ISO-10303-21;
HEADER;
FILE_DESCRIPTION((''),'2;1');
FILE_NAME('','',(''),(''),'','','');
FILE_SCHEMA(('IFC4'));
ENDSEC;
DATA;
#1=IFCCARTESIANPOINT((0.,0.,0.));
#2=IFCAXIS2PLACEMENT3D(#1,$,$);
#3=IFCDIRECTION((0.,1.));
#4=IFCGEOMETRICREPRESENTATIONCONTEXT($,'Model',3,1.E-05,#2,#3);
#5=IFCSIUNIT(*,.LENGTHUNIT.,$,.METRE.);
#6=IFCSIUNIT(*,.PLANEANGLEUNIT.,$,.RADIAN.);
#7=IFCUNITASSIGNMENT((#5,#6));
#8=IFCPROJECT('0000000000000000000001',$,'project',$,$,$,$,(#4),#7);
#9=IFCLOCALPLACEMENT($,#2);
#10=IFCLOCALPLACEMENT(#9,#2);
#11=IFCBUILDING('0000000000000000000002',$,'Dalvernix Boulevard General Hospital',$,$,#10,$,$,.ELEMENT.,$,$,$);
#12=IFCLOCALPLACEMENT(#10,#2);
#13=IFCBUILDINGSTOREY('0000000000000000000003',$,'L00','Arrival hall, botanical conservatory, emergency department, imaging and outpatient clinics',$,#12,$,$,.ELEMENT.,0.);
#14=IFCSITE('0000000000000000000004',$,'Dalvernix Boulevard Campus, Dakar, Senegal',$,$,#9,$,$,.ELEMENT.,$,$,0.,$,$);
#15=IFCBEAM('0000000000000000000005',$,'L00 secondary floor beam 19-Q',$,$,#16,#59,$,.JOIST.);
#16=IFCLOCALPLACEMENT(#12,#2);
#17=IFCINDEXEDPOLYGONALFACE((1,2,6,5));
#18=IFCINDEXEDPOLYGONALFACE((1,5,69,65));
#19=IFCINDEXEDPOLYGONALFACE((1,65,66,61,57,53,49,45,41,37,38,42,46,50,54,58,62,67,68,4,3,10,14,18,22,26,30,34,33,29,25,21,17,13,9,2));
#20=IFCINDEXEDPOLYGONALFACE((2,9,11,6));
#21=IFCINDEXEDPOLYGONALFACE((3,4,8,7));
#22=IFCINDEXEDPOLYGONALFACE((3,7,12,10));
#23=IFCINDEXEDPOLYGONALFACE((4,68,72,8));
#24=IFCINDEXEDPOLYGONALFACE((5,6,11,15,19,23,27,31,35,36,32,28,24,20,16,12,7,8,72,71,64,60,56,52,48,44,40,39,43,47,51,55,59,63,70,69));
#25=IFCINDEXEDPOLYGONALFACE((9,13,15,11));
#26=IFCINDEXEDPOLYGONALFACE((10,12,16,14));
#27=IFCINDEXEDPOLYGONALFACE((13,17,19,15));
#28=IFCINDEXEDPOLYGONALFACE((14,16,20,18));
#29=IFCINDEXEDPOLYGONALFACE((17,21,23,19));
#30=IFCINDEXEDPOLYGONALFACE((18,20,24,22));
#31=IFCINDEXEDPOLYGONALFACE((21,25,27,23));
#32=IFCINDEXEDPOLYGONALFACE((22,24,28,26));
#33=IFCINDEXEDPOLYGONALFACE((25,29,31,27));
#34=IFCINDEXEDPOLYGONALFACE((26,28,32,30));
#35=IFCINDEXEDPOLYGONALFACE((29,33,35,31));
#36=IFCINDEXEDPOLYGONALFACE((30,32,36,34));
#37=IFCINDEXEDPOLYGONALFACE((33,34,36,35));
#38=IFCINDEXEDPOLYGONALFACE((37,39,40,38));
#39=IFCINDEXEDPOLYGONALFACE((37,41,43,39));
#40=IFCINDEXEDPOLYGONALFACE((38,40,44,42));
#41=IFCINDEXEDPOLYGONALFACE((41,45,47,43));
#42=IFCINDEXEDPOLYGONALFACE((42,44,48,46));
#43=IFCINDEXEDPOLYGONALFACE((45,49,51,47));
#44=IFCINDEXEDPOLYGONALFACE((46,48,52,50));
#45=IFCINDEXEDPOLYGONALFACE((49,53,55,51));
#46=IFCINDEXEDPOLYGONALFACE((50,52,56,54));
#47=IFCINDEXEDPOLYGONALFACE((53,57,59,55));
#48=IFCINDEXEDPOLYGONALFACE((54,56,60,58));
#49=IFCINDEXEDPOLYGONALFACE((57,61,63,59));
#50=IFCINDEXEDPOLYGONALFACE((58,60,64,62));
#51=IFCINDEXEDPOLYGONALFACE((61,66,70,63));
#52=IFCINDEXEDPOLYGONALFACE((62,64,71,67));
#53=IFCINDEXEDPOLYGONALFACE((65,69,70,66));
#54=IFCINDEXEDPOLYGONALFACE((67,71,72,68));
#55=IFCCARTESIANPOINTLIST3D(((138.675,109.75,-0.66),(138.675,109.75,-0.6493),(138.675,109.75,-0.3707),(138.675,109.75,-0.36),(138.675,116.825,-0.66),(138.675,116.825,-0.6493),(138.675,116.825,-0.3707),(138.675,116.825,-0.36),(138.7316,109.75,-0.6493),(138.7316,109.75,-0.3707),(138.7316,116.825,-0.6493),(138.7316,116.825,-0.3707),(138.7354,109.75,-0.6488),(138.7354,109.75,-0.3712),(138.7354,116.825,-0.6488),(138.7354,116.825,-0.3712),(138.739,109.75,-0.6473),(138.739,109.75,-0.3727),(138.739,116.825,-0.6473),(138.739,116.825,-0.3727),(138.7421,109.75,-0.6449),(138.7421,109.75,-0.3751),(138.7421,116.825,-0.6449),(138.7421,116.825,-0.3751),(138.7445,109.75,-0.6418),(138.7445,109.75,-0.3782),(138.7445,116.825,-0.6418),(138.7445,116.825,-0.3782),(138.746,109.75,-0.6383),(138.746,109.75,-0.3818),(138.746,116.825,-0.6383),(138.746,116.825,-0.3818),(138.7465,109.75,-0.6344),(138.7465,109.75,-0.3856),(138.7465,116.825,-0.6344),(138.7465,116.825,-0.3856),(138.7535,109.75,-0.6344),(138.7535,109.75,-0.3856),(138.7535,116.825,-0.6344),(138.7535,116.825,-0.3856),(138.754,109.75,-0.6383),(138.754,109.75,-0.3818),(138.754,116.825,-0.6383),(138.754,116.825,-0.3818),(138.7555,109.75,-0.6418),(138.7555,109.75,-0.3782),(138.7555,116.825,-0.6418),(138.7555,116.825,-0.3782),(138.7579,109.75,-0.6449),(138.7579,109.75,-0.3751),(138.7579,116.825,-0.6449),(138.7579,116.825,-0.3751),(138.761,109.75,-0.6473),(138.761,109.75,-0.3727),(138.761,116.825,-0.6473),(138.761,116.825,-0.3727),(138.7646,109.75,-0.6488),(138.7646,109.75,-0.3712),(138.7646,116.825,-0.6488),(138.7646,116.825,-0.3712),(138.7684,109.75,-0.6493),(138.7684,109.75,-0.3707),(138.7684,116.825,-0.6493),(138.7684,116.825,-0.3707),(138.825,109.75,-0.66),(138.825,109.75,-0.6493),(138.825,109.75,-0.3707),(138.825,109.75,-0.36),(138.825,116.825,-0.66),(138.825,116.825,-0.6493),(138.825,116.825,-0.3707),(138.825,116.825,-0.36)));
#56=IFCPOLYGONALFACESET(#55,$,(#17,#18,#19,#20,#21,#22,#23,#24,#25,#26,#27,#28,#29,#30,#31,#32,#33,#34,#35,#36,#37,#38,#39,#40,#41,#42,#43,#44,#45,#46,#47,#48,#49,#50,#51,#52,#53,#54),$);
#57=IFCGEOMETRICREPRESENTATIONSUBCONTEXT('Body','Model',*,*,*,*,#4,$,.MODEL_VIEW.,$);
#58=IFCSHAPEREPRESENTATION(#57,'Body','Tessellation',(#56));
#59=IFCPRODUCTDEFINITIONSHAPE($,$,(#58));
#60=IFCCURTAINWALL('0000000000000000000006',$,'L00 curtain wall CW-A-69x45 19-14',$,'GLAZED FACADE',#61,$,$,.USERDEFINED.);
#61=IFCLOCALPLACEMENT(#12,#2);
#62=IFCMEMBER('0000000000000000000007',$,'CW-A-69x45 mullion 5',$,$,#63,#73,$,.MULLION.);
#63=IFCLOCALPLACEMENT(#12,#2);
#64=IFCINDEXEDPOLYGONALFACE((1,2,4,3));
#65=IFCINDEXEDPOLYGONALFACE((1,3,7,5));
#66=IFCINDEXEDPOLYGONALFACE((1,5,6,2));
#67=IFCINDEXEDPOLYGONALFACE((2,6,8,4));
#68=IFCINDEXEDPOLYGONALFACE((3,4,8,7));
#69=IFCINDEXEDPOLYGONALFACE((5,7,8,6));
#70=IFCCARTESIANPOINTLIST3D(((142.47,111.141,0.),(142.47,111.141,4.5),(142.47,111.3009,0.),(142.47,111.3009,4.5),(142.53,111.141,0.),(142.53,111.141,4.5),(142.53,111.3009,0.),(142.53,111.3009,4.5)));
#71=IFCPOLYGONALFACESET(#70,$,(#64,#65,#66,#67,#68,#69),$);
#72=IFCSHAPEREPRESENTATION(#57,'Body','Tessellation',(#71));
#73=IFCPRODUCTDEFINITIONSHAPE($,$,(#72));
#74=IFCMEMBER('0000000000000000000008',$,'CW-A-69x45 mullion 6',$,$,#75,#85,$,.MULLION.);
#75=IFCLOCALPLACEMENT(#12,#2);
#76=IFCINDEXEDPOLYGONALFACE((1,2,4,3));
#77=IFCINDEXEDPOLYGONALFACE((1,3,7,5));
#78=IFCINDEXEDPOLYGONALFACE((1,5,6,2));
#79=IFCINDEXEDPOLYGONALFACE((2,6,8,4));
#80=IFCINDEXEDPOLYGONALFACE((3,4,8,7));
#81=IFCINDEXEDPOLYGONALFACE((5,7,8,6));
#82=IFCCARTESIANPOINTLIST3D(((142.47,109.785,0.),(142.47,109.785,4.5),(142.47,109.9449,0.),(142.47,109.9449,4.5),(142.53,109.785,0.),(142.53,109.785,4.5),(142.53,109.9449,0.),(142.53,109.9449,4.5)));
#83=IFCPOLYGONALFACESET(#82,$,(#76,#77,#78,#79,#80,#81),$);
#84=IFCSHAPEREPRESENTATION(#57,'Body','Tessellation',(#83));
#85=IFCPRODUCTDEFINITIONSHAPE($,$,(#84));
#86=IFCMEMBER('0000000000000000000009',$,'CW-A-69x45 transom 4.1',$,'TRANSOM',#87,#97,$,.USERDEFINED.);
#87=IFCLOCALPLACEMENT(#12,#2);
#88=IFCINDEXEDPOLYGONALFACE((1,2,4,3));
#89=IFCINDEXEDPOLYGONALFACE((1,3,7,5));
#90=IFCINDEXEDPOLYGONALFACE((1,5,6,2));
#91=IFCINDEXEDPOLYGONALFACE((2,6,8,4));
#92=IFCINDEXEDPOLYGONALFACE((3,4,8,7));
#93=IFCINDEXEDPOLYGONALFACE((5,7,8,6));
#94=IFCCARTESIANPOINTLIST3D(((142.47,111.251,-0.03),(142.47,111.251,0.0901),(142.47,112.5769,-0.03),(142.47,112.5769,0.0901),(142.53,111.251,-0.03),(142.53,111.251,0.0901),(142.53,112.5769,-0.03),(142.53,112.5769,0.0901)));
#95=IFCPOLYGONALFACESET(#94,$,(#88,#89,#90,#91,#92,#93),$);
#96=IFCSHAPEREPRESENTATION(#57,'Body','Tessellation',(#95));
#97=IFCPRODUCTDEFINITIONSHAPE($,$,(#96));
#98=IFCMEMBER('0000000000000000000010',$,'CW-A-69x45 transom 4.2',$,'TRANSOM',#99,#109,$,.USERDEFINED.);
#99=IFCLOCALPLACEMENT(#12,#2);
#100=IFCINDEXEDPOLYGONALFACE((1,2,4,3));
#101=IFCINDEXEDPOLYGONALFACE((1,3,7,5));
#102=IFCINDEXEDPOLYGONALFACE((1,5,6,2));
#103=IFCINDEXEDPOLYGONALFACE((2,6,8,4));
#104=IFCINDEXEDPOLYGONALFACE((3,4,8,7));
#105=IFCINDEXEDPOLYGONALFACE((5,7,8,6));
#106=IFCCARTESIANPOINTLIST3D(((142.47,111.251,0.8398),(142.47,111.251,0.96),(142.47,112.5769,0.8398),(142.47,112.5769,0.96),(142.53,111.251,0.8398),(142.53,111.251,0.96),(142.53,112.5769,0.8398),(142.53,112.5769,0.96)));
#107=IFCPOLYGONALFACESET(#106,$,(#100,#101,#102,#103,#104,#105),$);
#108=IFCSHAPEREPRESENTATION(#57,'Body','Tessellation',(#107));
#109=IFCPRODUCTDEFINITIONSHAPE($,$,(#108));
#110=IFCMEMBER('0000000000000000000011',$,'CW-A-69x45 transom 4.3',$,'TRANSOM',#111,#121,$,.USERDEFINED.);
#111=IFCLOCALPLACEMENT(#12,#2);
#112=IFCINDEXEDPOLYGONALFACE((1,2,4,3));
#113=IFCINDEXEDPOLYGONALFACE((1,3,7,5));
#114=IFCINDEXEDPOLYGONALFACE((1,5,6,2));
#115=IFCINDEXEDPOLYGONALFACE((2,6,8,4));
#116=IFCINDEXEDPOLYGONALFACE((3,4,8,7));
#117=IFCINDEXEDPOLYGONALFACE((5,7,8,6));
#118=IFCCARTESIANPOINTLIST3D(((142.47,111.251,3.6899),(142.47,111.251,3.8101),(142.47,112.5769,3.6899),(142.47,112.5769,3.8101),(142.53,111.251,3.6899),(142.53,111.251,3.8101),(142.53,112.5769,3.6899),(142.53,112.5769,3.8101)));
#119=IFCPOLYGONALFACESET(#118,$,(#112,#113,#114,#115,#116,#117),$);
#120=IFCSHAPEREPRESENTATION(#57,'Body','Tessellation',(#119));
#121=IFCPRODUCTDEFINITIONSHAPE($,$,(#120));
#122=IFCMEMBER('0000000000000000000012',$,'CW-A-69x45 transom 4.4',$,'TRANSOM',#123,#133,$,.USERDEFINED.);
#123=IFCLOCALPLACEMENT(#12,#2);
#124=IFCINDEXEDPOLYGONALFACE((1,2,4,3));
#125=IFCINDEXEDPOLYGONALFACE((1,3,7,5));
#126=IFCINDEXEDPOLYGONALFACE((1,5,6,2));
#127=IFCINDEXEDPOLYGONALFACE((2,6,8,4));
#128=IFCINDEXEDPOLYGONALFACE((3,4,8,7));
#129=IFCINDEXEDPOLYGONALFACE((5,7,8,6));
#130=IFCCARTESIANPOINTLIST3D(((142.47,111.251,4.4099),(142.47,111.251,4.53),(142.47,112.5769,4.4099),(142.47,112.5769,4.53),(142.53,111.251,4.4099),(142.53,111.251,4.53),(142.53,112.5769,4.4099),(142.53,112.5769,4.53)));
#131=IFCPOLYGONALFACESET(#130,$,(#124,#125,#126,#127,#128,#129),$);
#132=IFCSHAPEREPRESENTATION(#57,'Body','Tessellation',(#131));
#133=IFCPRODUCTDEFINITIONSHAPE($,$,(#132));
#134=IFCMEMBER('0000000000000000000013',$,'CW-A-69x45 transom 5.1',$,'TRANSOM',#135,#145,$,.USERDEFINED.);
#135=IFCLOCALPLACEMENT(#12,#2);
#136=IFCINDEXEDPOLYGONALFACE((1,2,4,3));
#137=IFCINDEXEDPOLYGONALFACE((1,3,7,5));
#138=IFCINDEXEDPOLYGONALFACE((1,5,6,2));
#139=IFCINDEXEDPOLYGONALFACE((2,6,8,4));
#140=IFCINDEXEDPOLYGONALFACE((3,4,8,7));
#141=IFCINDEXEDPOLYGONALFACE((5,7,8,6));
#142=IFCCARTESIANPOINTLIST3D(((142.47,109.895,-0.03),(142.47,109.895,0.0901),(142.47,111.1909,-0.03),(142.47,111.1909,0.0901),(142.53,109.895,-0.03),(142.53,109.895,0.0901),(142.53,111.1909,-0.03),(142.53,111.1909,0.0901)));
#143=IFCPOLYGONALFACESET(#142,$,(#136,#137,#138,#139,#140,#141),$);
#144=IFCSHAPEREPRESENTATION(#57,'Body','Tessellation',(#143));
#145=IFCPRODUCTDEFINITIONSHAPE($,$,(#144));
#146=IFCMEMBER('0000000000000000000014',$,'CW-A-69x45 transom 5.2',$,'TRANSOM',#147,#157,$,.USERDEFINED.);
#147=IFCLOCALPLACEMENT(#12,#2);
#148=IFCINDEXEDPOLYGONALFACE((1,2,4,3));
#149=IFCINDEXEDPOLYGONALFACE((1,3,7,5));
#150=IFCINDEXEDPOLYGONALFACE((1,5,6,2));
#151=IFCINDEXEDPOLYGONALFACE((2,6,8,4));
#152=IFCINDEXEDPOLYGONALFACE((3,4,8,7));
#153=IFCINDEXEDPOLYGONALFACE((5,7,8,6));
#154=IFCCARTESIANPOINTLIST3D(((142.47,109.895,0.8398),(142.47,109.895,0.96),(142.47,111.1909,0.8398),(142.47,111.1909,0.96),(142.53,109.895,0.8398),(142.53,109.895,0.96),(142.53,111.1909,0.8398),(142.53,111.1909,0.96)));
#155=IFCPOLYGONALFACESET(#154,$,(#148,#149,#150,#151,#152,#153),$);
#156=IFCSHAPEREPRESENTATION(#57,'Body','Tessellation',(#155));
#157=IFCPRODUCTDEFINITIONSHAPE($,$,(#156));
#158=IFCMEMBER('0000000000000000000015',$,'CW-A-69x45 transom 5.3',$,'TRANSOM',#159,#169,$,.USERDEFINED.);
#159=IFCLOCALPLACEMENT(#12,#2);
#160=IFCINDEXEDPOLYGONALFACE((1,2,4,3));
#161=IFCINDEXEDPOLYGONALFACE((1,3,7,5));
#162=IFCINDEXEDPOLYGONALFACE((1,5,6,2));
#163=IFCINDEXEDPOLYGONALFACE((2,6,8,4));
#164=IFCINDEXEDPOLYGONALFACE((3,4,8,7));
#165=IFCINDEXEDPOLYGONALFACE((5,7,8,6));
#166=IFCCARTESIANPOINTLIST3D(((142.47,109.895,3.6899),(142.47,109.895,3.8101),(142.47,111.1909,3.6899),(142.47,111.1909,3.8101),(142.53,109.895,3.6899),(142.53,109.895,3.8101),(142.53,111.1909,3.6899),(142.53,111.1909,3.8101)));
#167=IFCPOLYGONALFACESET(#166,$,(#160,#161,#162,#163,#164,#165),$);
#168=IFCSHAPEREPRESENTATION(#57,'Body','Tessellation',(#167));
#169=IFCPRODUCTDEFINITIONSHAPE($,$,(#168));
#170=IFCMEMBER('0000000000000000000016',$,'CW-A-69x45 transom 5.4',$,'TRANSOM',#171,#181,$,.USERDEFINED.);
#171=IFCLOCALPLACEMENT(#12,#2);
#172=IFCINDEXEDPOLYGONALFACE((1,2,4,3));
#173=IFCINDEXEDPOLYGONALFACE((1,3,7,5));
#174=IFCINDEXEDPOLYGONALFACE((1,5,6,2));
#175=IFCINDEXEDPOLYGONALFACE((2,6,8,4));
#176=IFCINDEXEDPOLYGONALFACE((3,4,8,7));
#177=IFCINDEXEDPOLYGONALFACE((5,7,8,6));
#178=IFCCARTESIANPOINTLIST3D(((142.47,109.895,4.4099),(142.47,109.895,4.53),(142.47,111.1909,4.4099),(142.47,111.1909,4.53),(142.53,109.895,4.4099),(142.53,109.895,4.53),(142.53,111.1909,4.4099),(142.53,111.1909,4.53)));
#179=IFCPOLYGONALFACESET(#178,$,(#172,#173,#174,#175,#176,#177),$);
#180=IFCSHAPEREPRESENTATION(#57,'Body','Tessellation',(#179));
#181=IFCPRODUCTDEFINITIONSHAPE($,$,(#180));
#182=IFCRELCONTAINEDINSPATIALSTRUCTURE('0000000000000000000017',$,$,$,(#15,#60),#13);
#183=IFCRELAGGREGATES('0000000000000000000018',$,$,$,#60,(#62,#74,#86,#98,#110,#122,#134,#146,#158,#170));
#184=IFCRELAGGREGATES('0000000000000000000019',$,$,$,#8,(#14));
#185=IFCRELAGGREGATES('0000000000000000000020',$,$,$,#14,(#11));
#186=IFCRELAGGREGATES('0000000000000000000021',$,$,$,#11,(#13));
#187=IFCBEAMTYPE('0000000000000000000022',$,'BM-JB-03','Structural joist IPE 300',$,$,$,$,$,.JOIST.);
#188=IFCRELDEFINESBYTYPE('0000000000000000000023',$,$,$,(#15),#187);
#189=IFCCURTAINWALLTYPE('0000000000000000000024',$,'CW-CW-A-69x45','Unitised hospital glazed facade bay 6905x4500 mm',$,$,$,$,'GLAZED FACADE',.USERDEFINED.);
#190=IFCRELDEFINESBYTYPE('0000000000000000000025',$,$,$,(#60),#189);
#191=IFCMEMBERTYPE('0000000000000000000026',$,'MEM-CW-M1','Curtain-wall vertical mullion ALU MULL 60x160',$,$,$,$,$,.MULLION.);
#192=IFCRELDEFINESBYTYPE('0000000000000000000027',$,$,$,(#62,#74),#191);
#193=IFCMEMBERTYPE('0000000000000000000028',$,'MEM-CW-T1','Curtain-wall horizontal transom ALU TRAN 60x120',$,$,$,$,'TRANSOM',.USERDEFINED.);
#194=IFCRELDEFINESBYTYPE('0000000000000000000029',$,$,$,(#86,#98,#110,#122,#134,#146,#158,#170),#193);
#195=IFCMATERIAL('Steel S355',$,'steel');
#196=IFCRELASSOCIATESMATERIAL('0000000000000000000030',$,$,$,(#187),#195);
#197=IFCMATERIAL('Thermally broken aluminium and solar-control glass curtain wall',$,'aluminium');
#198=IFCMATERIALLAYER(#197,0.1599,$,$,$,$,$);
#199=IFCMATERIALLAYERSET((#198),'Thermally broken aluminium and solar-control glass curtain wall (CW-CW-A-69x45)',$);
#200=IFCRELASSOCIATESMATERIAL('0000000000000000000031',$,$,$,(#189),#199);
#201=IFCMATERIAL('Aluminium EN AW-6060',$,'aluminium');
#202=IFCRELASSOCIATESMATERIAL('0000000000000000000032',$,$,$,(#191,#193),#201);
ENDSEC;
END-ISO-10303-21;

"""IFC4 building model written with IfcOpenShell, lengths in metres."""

from ifc_helpers import new_model, si_unit, direction, frame, origin, origin_2d, place, context, subcontext, project, spatial, rectangle, i_section, extrude, material, layer, layer_set, material_profile, profile_set, type_object, element, aggregate, save


model = new_model("IFC4")

# Units and contexts
model_context = context("Model", 3, precision=1e-05, world=origin(), true_north=direction((0.0, 1.0)))
body_context = subcontext(model_context, "Body", "Model", "MODEL_VIEW")
ifc_project = project(units=[si_unit("LENGTHUNIT", "METRE"), si_unit("PLANEANGLEUNIT", "RADIAN")], contexts=[model_context])

# Site, building, storey
site_placement = place(None, origin())
site = spatial("IfcSite", under=ifc_project, at=site_placement, Name="Dalvernix Boulevard Campus, Dakar, Senegal", CompositionType="ELEMENT", RefElevation=0.0)
building_placement = place(site_placement, origin())
building = spatial("IfcBuilding", under=site, at=building_placement, Name="Dalvernix Boulevard General Hospital", CompositionType="ELEMENT")
storey_placement = place(building_placement, origin())
storey = spatial("IfcBuildingStorey", under=building, at=storey_placement, Name="L00", Description="Arrival hall, botanical conservatory, emergency department, imaging and outpatient clinics", CompositionType="ELEMENT", Elevation=0.0)

# Beam
ifc_material_1 = material(Name="Steel S355", Category="steel")
ifc_material_profile_1 = material_profile(ifc_material_1, i_section(OverallWidth=0.1499, OverallDepth=0.3, WebThickness=0.0071, FlangeThickness=0.0107, FilletRadius=0.0149, at=origin_2d()), Name="IPE 300")
ifc_profile_set_1 = profile_set([ifc_material_profile_1], Name="Steel S355")
beam_type = type_object("IfcBeamType", Name="BM-JB-03", Description="Structural joist IPE 300", PredefinedType="JOIST", material=ifc_profile_set_1)
beam_placement = place(storey_placement, frame((138.75, 109.75, -0.51), z_axis=(0.0, 1.0, 0.0), x_axis=(-1.0, 0.0, 0.0)))
element("IfcBeam", 1, at=beam_placement, inside=storey, type_object=beam_type, Name="L00 secondary floor beam 19-Q", PredefinedType="JOIST", context=body_context, shape_type="SweptSolid", body=[
    extrude(i_section(OverallWidth=0.1499, OverallDepth=0.3, WebThickness=0.0071, FlangeThickness=0.0107, FilletRadius=0.0149, at=origin_2d()), origin(), (0.0, 0.0, 1.0), 7.075),
])

# Curtain wall, members
ifc_material_2 = material(Name="Thermally broken aluminium and solar-control glass curtain wall", Category="aluminium")
ifc_layer_1 = layer(ifc_material_2, 0.1599)
ifc_layer_set_1 = layer_set([ifc_layer_1], Name="Thermally broken aluminium and solar-control glass curtain wall (CW-CW-A-69x45)")
curtain_wall_type = type_object("IfcCurtainWallType", Name="CW-CW-A-69x45", Description="Unitised hospital glazed facade bay 6905x4500 mm", ElementType="GLAZED FACADE", PredefinedType="USERDEFINED", material=ifc_layer_set_1)
curtain_wall_placement = place(storey_placement, origin())
curtain_wall = element("IfcCurtainWall", 2, at=curtain_wall_placement, inside=storey, type_object=curtain_wall_type, Name="L00 curtain wall CW-A-69x45 19-14", ObjectType="GLAZED FACADE", PredefinedType="USERDEFINED")
ifc_material_3 = material(Name="Aluminium EN AW-6060", Category="aluminium")
ifc_material_profile_2 = material_profile(ifc_material_3, rectangle(XDim=0.0601, YDim=0.1599, at=origin_2d()), Name="ALU MULL 60x160")
ifc_profile_set_2 = profile_set([ifc_material_profile_2], Name="Aluminium EN AW-6060")
member_type_1 = type_object("IfcMemberType", Name="MEM-CW-M1", Description="Curtain-wall vertical mullion ALU MULL 60x160", PredefinedType="MULLION", material=ifc_profile_set_2)
member_1_placement = place(storey_placement, frame((142.5, 111.2209, 0.0), z_axis=(0.0, 0.0, 1.0), x_axis=(1.0, 0.0, 0.0)))
member_1 = element("IfcMember", 3, at=member_1_placement, type_object=member_type_1, Name="CW-A-69x45 mullion 5", PredefinedType="MULLION", context=body_context, shape_type="SweptSolid", body=[
    extrude(rectangle(XDim=0.0601, YDim=0.1599, at=origin_2d()), origin(), (0.0, 0.0, 1.0), 4.5),
])
member_2_placement = place(storey_placement, frame((142.5, 109.865, 0.0), z_axis=(0.0, 0.0, 1.0), x_axis=(1.0, 0.0, 0.0)))
member_2 = element("IfcMember", 4, at=member_2_placement, type_object=member_type_1, Name="CW-A-69x45 mullion 6", PredefinedType="MULLION", context=body_context, shape_type="SweptSolid", body=[
    extrude(rectangle(XDim=0.0601, YDim=0.1599, at=origin_2d()), origin(), (0.0, 0.0, 1.0), 4.5),
])
ifc_material_profile_3 = material_profile(ifc_material_3, rectangle(XDim=0.0601, YDim=0.1201, at=origin_2d()), Name="ALU TRAN 60x120")
ifc_profile_set_3 = profile_set([ifc_material_profile_3], Name="Aluminium EN AW-6060")
member_type_2 = type_object("IfcMemberType", Name="MEM-CW-T1", Description="Curtain-wall horizontal transom ALU TRAN 60x120", ElementType="TRANSOM", PredefinedType="USERDEFINED", material=ifc_profile_set_3)
member_3_placement = place(storey_placement, frame((142.5, 112.5769, 0.03), z_axis=(0.0, -1.0, 0.0), x_axis=(1.0, 0.0, 0.0)))
member_3 = element("IfcMember", 5, at=member_3_placement, type_object=member_type_2, Name="CW-A-69x45 transom 4.1", ObjectType="TRANSOM", PredefinedType="USERDEFINED", context=body_context, shape_type="SweptSolid", body=[
    extrude(rectangle(XDim=0.0601, YDim=0.1201, at=origin_2d()), origin(), (0.0, 0.0, 1.0), 1.3259),
])
member_4_placement = place(storey_placement, frame((142.5, 112.5769, 0.8999), z_axis=(0.0, -1.0, 0.0), x_axis=(1.0, 0.0, 0.0)))
member_4 = element("IfcMember", 6, at=member_4_placement, type_object=member_type_2, Name="CW-A-69x45 transom 4.2", ObjectType="TRANSOM", PredefinedType="USERDEFINED", context=body_context, shape_type="SweptSolid", body=[
    extrude(rectangle(XDim=0.0601, YDim=0.1201, at=origin_2d()), origin(), (0.0, 0.0, 1.0), 1.3259),
])
member_5_placement = place(storey_placement, frame((142.5, 112.5769, 3.75), z_axis=(0.0, -1.0, 0.0), x_axis=(1.0, 0.0, 0.0)))
member_5 = element("IfcMember", 7, at=member_5_placement, type_object=member_type_2, Name="CW-A-69x45 transom 4.3", ObjectType="TRANSOM", PredefinedType="USERDEFINED", context=body_context, shape_type="SweptSolid", body=[
    extrude(rectangle(XDim=0.0601, YDim=0.1201, at=origin_2d()), origin(), (0.0, 0.0, 1.0), 1.3259),
])
member_6_placement = place(storey_placement, frame((142.5, 112.5769, 4.47), z_axis=(0.0, -1.0, 0.0), x_axis=(1.0, 0.0, 0.0)))
member_6 = element("IfcMember", 8, at=member_6_placement, type_object=member_type_2, Name="CW-A-69x45 transom 4.4", ObjectType="TRANSOM", PredefinedType="USERDEFINED", context=body_context, shape_type="SweptSolid", body=[
    extrude(rectangle(XDim=0.0601, YDim=0.1201, at=origin_2d()), origin(), (0.0, 0.0, 1.0), 1.3259),
])
member_7_placement = place(storey_placement, frame((142.5, 111.1909, 0.03), z_axis=(0.0, -1.0, 0.0), x_axis=(1.0, 0.0, 0.0)))
member_7 = element("IfcMember", 9, at=member_7_placement, type_object=member_type_2, Name="CW-A-69x45 transom 5.1", ObjectType="TRANSOM", PredefinedType="USERDEFINED", context=body_context, shape_type="SweptSolid", body=[
    extrude(rectangle(XDim=0.0601, YDim=0.1201, at=origin_2d()), origin(), (0.0, 0.0, 1.0), 1.2959),
])
member_8_placement = place(storey_placement, frame((142.5, 111.1909, 0.8999), z_axis=(0.0, -1.0, 0.0), x_axis=(1.0, 0.0, 0.0)))
member_8 = element("IfcMember", 10, at=member_8_placement, type_object=member_type_2, Name="CW-A-69x45 transom 5.2", ObjectType="TRANSOM", PredefinedType="USERDEFINED", context=body_context, shape_type="SweptSolid", body=[
    extrude(rectangle(XDim=0.0601, YDim=0.1201, at=origin_2d()), origin(), (0.0, 0.0, 1.0), 1.2959),
])
member_9_placement = place(storey_placement, frame((142.5, 111.1909, 3.75), z_axis=(0.0, -1.0, 0.0), x_axis=(1.0, 0.0, 0.0)))
member_9 = element("IfcMember", 11, at=member_9_placement, type_object=member_type_2, Name="CW-A-69x45 transom 5.3", ObjectType="TRANSOM", PredefinedType="USERDEFINED", context=body_context, shape_type="SweptSolid", body=[
    extrude(rectangle(XDim=0.0601, YDim=0.1201, at=origin_2d()), origin(), (0.0, 0.0, 1.0), 1.2959),
])
member_10_placement = place(storey_placement, frame((142.5, 111.1909, 4.47), z_axis=(0.0, -1.0, 0.0), x_axis=(1.0, 0.0, 0.0)))
member_10 = element("IfcMember", 12, at=member_10_placement, type_object=member_type_2, Name="CW-A-69x45 transom 5.4", ObjectType="TRANSOM", PredefinedType="USERDEFINED", context=body_context, shape_type="SweptSolid", body=[
    extrude(rectangle(XDim=0.0601, YDim=0.1201, at=origin_2d()), origin(), (0.0, 0.0, 1.0), 1.2959),
])
aggregate(curtain_wall, [member_1, member_2, member_3, member_4, member_5, member_6, member_7, member_8, member_9, member_10])

save(model, "model.ifc")
